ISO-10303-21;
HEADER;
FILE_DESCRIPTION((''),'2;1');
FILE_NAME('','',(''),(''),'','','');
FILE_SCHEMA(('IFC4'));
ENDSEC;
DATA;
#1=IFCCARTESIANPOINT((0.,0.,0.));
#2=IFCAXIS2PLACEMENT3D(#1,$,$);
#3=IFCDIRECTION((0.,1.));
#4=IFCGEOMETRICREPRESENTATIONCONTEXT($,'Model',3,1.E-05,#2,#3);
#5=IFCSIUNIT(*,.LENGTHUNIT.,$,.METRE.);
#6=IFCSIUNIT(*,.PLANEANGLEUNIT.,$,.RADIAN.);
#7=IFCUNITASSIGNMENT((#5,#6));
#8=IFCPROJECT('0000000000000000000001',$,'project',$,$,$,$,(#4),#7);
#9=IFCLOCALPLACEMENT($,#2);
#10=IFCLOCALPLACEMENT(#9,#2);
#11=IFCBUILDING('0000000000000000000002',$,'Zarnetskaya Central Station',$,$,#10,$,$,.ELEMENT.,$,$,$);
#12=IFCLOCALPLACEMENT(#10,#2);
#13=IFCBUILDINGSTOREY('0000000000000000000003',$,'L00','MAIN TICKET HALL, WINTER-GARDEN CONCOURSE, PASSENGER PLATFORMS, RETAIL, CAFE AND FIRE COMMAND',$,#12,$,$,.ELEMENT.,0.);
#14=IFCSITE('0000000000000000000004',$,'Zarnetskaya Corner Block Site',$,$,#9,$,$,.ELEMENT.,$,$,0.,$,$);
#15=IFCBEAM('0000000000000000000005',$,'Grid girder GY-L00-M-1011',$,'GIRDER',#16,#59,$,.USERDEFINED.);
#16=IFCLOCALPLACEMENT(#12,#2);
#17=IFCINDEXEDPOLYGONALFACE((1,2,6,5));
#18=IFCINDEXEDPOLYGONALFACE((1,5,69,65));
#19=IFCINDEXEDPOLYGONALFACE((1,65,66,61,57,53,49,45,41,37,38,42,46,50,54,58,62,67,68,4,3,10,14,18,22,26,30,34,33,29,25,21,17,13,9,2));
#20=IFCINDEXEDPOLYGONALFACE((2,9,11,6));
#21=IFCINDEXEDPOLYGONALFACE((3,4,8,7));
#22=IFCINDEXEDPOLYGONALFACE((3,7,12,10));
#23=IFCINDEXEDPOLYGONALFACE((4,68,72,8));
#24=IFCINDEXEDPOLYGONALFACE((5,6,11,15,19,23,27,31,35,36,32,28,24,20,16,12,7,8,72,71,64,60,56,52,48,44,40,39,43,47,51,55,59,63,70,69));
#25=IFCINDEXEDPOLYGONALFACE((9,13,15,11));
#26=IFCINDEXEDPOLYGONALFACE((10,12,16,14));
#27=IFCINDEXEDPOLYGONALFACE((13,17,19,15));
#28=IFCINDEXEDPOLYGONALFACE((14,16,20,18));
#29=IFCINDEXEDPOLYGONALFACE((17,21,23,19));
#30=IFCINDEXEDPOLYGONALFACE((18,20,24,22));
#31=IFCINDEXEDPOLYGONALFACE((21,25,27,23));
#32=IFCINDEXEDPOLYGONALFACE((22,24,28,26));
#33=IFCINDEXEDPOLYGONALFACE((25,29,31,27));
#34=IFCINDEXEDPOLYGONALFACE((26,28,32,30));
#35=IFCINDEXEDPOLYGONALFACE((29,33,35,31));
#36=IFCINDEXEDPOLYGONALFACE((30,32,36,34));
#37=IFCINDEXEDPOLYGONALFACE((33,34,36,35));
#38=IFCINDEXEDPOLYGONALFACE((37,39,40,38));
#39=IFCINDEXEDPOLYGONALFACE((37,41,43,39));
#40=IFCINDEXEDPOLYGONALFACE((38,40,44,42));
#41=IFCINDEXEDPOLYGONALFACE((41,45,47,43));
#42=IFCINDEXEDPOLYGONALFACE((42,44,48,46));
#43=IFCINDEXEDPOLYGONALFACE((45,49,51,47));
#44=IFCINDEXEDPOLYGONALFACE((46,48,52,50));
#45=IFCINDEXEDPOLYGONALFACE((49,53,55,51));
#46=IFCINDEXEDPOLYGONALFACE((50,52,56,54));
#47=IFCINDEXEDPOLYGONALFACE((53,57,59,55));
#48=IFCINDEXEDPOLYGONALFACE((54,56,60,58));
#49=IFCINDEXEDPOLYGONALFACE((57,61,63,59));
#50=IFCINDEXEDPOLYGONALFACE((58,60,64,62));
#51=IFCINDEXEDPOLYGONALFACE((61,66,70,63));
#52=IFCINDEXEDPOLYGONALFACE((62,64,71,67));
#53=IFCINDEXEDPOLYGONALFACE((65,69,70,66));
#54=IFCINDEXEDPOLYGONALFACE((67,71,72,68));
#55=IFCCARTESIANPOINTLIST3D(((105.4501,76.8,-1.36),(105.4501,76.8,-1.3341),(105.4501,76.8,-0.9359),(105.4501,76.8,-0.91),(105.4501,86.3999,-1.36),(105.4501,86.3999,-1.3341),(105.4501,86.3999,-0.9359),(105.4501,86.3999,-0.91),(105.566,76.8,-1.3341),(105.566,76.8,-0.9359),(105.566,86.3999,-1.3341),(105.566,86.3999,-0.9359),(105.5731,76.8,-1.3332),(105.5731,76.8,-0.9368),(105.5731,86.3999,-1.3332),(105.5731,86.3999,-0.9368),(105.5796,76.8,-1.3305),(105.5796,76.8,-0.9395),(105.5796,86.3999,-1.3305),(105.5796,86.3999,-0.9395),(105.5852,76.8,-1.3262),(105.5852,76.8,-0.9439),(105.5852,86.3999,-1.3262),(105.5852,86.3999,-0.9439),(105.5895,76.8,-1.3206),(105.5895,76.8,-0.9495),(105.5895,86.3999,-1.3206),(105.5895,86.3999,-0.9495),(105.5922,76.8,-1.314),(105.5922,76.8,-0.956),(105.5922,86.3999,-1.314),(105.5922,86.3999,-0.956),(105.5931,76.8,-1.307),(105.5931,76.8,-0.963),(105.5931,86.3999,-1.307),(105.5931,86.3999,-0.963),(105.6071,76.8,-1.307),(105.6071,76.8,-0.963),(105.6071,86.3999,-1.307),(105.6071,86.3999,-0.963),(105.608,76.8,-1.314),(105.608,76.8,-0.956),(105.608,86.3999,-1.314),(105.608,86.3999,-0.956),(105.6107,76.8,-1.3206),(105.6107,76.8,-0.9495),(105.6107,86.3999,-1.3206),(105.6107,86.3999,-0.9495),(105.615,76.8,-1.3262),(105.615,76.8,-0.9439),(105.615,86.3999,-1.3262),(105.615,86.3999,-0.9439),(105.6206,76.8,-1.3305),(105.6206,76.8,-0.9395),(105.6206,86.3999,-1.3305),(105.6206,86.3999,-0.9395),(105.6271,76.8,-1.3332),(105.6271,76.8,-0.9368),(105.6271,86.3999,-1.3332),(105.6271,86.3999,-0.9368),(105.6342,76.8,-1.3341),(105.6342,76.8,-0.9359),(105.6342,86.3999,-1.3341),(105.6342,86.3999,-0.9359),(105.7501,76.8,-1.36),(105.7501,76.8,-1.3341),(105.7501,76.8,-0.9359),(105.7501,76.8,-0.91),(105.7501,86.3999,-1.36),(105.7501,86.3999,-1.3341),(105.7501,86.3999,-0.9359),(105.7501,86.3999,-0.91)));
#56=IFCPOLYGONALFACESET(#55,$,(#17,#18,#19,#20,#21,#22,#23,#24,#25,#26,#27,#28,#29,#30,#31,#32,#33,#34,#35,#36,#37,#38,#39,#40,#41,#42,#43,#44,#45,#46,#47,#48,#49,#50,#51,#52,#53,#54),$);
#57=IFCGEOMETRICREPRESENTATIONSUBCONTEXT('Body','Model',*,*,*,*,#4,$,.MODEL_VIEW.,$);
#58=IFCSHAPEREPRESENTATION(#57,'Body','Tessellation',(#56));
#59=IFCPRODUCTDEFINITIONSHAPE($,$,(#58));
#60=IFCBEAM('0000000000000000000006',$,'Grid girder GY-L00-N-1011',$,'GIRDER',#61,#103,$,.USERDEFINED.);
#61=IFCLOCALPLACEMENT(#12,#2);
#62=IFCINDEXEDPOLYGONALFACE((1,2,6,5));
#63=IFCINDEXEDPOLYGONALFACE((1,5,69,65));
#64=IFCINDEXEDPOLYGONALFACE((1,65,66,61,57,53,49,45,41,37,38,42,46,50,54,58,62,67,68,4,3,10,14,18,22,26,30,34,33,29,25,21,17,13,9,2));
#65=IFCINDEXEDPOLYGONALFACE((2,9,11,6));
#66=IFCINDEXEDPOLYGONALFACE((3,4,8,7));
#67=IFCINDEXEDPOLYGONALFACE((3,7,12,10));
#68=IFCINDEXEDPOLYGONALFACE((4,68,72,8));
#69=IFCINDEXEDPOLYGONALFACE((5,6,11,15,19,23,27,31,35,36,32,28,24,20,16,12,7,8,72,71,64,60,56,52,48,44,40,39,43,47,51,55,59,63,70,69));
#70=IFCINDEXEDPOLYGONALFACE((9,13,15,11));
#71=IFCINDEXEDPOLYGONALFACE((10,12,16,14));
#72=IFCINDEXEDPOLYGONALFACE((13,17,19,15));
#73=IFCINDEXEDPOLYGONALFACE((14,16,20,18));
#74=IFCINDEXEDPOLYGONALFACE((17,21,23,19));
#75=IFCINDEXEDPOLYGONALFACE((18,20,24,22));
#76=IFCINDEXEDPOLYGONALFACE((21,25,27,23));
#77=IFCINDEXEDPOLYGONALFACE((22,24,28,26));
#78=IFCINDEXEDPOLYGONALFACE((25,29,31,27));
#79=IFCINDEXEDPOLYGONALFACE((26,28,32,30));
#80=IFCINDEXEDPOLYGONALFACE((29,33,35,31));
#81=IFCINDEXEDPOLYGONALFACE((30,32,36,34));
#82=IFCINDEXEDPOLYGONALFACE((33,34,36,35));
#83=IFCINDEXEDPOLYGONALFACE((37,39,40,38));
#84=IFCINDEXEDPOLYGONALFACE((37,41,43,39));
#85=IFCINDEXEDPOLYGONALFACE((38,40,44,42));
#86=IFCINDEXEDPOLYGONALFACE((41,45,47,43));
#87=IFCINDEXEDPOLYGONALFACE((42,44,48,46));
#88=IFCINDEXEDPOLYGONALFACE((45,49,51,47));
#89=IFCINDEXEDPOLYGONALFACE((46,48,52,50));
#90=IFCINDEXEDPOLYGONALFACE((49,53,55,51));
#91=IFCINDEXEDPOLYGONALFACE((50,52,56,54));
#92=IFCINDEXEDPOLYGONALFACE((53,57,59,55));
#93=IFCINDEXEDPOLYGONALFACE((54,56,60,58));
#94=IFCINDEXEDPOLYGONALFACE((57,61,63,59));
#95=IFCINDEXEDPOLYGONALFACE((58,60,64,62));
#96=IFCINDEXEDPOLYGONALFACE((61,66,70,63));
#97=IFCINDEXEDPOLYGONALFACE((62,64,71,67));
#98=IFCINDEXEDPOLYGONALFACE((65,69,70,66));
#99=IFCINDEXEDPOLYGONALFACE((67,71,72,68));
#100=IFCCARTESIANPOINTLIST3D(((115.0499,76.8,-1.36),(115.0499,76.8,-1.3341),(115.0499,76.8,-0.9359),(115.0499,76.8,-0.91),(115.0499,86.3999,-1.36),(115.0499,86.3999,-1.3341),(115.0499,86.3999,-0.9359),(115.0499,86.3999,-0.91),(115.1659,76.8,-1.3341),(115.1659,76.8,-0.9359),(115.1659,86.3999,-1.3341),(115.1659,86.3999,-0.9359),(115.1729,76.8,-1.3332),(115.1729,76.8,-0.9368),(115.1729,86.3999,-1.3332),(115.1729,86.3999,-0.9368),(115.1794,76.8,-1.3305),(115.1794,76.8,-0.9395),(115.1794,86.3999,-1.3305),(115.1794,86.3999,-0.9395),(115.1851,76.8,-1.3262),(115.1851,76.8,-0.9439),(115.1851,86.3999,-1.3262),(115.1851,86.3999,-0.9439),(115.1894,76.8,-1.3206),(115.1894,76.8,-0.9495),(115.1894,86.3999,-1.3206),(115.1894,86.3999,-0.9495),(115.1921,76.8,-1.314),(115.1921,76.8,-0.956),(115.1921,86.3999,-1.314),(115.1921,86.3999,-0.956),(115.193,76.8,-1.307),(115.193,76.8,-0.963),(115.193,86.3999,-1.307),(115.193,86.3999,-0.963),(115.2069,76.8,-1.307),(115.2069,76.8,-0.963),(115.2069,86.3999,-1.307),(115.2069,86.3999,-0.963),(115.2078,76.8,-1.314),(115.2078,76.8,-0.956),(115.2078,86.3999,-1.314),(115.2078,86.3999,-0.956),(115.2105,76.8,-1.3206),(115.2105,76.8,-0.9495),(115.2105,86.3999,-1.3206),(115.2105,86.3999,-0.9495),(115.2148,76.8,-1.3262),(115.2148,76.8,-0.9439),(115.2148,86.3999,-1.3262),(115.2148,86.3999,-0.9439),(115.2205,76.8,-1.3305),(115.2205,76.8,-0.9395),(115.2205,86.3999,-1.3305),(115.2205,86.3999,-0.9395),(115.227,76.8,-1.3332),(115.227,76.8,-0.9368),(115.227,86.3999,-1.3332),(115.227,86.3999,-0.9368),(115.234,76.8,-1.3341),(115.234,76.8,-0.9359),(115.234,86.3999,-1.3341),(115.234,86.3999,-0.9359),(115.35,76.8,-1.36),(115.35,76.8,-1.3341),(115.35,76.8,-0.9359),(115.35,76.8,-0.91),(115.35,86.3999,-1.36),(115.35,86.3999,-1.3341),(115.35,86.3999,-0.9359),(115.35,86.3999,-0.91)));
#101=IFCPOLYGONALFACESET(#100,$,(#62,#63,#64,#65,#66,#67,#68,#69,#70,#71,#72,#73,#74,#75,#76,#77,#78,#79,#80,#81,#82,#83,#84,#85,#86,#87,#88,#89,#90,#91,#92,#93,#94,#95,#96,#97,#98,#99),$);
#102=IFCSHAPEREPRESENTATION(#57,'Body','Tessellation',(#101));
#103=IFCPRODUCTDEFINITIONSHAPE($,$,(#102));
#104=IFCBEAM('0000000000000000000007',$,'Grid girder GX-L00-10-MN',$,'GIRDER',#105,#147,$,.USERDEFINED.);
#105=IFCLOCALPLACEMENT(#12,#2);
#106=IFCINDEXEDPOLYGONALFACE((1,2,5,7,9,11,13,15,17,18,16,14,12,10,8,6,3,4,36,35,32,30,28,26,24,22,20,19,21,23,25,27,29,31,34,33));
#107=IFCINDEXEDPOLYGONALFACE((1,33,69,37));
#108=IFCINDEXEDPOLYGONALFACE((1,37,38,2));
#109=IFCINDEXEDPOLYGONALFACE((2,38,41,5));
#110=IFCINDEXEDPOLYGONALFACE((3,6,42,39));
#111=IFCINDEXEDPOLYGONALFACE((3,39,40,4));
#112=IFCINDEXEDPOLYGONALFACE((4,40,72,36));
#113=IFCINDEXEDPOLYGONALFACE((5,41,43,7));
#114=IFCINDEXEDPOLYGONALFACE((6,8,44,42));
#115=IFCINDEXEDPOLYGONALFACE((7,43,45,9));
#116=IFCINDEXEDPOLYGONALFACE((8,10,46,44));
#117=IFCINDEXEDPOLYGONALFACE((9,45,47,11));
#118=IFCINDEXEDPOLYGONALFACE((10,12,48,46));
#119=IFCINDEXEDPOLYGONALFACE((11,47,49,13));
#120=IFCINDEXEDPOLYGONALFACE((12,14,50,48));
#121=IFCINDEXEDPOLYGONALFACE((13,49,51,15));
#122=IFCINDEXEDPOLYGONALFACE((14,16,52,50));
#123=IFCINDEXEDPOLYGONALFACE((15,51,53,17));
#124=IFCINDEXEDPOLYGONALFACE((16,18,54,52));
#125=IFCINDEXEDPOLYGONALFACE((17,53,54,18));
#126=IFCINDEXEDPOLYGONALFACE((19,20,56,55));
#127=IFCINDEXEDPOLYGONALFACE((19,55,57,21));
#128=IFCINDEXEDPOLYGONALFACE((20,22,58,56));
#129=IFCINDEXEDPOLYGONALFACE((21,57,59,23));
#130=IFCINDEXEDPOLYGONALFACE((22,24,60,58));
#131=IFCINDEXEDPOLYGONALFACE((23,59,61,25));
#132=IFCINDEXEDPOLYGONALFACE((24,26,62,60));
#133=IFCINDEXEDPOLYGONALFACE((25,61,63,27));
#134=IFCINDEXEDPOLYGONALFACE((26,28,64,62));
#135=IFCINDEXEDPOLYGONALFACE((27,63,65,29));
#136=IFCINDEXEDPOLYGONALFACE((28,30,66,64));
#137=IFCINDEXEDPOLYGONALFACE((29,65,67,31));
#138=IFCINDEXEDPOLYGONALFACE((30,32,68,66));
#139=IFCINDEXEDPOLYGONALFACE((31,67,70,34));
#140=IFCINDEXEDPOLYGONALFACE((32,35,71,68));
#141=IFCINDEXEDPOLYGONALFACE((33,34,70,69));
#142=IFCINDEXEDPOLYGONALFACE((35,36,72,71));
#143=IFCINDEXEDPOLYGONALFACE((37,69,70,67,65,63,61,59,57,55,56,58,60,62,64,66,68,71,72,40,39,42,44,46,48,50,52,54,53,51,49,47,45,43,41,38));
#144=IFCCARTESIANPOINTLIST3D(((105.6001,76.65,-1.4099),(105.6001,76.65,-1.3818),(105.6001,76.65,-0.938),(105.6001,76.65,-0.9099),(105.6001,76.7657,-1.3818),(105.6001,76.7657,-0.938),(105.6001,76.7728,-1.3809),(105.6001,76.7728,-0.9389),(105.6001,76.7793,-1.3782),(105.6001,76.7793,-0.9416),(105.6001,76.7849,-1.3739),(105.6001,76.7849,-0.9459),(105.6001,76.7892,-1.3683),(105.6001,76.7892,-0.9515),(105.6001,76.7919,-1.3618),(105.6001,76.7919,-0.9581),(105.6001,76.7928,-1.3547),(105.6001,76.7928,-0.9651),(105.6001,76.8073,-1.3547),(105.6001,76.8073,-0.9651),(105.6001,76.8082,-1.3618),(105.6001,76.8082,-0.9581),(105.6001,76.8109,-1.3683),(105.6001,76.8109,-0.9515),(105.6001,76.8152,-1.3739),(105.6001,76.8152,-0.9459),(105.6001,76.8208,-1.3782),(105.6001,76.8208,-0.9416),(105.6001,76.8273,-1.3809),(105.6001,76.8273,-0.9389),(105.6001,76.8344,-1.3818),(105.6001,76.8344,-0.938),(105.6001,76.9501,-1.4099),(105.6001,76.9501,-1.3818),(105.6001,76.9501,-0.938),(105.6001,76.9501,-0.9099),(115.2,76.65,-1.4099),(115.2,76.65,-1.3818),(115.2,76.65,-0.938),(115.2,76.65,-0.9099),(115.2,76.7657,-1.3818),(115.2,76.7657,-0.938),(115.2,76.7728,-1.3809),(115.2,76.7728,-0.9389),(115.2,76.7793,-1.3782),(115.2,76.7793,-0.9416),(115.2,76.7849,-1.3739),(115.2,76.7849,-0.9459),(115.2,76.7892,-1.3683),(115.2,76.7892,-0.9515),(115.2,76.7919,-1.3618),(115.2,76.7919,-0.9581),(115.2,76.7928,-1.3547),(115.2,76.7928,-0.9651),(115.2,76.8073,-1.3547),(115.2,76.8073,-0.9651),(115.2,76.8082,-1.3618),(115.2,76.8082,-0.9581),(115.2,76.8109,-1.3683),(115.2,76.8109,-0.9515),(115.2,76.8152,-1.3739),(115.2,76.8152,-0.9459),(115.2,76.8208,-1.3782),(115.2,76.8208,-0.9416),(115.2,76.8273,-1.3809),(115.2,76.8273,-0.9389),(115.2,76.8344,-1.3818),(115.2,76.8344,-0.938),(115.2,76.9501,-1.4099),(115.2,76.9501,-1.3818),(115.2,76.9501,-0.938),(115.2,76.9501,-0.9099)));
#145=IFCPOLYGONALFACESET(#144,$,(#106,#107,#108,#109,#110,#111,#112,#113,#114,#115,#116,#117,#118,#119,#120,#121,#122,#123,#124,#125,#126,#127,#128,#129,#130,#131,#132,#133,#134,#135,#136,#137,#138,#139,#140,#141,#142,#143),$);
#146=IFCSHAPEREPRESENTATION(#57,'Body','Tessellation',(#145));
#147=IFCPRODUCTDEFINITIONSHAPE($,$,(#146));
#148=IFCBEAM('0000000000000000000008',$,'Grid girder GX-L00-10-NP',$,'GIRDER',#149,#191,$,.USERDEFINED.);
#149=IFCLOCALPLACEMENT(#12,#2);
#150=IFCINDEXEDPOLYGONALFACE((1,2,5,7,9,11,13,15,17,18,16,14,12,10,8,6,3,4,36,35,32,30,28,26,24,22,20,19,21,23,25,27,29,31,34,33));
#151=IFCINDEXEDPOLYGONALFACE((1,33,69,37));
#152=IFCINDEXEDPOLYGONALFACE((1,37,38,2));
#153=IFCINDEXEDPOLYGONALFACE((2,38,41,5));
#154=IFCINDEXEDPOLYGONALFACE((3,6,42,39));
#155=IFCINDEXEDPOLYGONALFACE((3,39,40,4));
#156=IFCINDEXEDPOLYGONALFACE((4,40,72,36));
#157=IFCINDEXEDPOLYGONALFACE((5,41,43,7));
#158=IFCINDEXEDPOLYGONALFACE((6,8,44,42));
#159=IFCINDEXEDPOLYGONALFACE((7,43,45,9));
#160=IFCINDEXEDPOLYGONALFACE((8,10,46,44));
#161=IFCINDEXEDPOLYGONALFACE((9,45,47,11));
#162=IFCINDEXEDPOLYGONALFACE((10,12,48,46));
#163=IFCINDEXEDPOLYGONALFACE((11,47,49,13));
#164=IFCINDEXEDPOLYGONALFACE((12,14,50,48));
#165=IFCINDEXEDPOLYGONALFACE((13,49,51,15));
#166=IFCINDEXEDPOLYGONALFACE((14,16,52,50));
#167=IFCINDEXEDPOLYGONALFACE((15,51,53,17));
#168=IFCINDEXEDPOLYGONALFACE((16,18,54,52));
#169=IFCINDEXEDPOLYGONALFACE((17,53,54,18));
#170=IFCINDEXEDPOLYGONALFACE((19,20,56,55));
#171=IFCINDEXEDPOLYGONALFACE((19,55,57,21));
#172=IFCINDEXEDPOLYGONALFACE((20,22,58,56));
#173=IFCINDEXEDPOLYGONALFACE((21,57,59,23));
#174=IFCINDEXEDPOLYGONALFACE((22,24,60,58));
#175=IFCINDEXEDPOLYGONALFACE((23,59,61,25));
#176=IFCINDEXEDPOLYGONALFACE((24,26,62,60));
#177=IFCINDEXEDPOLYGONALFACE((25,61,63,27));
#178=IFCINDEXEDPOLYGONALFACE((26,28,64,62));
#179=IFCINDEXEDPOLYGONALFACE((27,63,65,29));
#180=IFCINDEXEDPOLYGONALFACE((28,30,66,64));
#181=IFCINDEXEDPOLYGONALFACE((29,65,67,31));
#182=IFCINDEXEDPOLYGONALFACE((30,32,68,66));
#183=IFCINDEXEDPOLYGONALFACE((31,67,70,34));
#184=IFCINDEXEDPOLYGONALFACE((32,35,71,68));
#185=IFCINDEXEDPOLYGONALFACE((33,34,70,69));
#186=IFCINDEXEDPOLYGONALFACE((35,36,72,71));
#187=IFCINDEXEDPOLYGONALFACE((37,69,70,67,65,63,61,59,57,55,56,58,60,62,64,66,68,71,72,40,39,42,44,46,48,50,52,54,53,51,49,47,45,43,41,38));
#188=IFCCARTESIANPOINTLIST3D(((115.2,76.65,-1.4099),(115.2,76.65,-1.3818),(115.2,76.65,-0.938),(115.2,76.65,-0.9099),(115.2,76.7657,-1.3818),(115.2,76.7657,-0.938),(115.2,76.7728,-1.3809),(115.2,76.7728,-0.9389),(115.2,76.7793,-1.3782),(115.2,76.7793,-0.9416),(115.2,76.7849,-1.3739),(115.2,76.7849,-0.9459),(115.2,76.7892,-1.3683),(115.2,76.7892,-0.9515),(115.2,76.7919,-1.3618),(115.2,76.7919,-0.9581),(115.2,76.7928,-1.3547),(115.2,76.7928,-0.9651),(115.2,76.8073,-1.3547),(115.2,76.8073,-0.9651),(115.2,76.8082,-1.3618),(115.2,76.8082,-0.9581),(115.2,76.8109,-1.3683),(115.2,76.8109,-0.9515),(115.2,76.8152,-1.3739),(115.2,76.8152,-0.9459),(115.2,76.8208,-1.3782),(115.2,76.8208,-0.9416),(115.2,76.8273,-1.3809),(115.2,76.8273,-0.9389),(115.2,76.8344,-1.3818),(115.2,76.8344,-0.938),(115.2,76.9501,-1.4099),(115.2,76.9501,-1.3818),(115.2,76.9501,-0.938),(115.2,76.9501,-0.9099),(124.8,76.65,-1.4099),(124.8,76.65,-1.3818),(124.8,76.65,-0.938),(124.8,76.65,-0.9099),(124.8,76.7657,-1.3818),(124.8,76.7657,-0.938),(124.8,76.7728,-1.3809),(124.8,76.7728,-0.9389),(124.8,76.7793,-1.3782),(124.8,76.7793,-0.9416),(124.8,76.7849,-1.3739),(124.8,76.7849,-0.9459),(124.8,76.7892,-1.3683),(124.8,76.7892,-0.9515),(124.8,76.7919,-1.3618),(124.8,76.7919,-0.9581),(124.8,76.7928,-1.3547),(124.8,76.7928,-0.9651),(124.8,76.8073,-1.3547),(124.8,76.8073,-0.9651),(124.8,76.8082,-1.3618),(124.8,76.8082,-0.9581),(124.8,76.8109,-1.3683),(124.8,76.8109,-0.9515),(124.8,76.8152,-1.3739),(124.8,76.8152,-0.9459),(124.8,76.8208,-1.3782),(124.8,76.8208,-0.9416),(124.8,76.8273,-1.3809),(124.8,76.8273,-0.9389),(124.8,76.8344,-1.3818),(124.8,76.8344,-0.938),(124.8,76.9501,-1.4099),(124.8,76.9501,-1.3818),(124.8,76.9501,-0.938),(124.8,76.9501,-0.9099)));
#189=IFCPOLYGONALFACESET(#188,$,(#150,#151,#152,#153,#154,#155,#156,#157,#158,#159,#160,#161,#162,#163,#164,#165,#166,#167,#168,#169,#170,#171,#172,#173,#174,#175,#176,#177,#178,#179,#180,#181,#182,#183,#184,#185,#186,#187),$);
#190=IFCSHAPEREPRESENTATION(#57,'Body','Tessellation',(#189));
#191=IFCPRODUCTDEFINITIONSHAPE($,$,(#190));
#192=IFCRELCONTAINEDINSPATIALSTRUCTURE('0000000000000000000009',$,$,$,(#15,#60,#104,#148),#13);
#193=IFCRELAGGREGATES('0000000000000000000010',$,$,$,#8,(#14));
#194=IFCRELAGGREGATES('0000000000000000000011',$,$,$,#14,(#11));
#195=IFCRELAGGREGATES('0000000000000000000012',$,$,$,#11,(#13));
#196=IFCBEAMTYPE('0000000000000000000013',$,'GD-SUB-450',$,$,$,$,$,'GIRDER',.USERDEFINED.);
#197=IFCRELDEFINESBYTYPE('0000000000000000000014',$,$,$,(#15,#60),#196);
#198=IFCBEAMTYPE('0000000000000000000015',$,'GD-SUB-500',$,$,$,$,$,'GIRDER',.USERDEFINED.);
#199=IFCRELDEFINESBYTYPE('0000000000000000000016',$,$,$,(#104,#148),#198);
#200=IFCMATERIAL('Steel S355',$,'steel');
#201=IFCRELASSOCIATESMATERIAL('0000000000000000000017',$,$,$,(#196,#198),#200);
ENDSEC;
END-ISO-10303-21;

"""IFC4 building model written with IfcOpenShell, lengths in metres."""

from ifc_helpers import new_model, si_unit, direction, frame, origin, origin_2d, place, context, subcontext, project, spatial, i_section, extrude, material, material_profile, profile_set, type_object, element, save


model = new_model("IFC4")

# Units and contexts
model_context = context("Model", 3, precision=1e-05, world=origin(), true_north=direction((0.0, 1.0)))
body_context = subcontext(model_context, "Body", "Model", "MODEL_VIEW")
ifc_project = project(units=[si_unit("LENGTHUNIT", "METRE"), si_unit("PLANEANGLEUNIT", "RADIAN")], contexts=[model_context])

# Site, building, storey
site_placement = place(None, origin())
site = spatial("IfcSite", under=ifc_project, at=site_placement, Name="Zarnetskaya Corner Block Site", CompositionType="ELEMENT", RefElevation=0.0)
building_placement = place(site_placement, origin())
building = spatial("IfcBuilding", under=site, at=building_placement, Name="Zarnetskaya Central Station", CompositionType="ELEMENT")
storey_placement = place(building_placement, origin())
storey = spatial("IfcBuildingStorey", under=building, at=storey_placement, Name="L00", Description="MAIN TICKET HALL, WINTER-GARDEN CONCOURSE, PASSENGER PLATFORMS, RETAIL, CAFE AND FIRE COMMAND", CompositionType="ELEMENT", Elevation=0.0)

# Shared definitions
ifc_material = material(Name="Steel S355", Category="steel")

# Beams
ifc_material_profile_1 = material_profile(ifc_material, i_section(OverallWidth=0.3, OverallDepth=0.45, WebThickness=0.0139, FlangeThickness=0.0259, FilletRadius=0.0271, at=origin_2d()), Name="HEB 450")
ifc_profile_set_1 = profile_set([ifc_material_profile_1], Name="Steel S355")
beam_type_1 = type_object("IfcBeamType", Name="GD-SUB-450", ElementType="GIRDER", PredefinedType="USERDEFINED", material=ifc_profile_set_1)
for number, where, z_axis, x_axis, name in (
    (1, (105.6001, 76.8, -1.135), (0.0, 1.0, 0.0), (-1.0, 0.0, 0.0), "Grid girder GY-L00-M-1011"),
    (2, (115.2, 76.8, -1.135), (0.0, 1.0, 0.0), (-1.0, 0.0, 0.0), "Grid girder GY-L00-N-1011"),
):
    element("IfcBeam", number, at=place(storey_placement, frame(where, z_axis=z_axis, x_axis=x_axis)), inside=storey, type_object=beam_type_1, Name=name, ObjectType="GIRDER", PredefinedType="USERDEFINED", context=body_context, shape_type="SweptSolid", body=[
        extrude(i_section(OverallWidth=0.3, OverallDepth=0.45, WebThickness=0.0139, FlangeThickness=0.0259, FilletRadius=0.0271, at=origin_2d()), origin(), (0.0, 0.0, 1.0), 9.5999),
    ])
ifc_material_profile_2 = material_profile(ifc_material, i_section(OverallWidth=0.3, OverallDepth=0.5, WebThickness=0.0144, FlangeThickness=0.0281, FilletRadius=0.0271, at=origin_2d()), Name="HEB 500")
ifc_profile_set_2 = profile_set([ifc_material_profile_2], Name="Steel S355")
beam_type_2 = type_object("IfcBeamType", Name="GD-SUB-500", ElementType="GIRDER", PredefinedType="USERDEFINED", material=ifc_profile_set_2)
beam_1_placement = place(storey_placement, frame((105.6001, 76.8, -1.1599), z_axis=(1.0, 0.0, 0.0), x_axis=(0.0, 1.0, 0.0)))
element("IfcBeam", 3, at=beam_1_placement, inside=storey, type_object=beam_type_2, Name="Grid girder GX-L00-10-MN", ObjectType="GIRDER", PredefinedType="USERDEFINED", context=body_context, shape_type="SweptSolid", body=[
    extrude(i_section(OverallWidth=0.3, OverallDepth=0.5, WebThickness=0.0144, FlangeThickness=0.0281, FilletRadius=0.0271, at=origin_2d()), origin(), (0.0, 0.0, 1.0), 9.5999),
])
beam_2_placement = place(storey_placement, frame((115.2, 76.8, -1.1599), z_axis=(1.0, 0.0, 0.0), x_axis=(0.0, 1.0, 0.0)))
element("IfcBeam", 4, at=beam_2_placement, inside=storey, type_object=beam_type_2, Name="Grid girder GX-L00-10-NP", ObjectType="GIRDER", PredefinedType="USERDEFINED", context=body_context, shape_type="SweptSolid", body=[
    extrude(i_section(OverallWidth=0.3, OverallDepth=0.5, WebThickness=0.0144, FlangeThickness=0.0281, FilletRadius=0.0271, at=origin_2d()), origin(), (0.0, 0.0, 1.0), 9.6001),
])

save(model, "model.ifc")
